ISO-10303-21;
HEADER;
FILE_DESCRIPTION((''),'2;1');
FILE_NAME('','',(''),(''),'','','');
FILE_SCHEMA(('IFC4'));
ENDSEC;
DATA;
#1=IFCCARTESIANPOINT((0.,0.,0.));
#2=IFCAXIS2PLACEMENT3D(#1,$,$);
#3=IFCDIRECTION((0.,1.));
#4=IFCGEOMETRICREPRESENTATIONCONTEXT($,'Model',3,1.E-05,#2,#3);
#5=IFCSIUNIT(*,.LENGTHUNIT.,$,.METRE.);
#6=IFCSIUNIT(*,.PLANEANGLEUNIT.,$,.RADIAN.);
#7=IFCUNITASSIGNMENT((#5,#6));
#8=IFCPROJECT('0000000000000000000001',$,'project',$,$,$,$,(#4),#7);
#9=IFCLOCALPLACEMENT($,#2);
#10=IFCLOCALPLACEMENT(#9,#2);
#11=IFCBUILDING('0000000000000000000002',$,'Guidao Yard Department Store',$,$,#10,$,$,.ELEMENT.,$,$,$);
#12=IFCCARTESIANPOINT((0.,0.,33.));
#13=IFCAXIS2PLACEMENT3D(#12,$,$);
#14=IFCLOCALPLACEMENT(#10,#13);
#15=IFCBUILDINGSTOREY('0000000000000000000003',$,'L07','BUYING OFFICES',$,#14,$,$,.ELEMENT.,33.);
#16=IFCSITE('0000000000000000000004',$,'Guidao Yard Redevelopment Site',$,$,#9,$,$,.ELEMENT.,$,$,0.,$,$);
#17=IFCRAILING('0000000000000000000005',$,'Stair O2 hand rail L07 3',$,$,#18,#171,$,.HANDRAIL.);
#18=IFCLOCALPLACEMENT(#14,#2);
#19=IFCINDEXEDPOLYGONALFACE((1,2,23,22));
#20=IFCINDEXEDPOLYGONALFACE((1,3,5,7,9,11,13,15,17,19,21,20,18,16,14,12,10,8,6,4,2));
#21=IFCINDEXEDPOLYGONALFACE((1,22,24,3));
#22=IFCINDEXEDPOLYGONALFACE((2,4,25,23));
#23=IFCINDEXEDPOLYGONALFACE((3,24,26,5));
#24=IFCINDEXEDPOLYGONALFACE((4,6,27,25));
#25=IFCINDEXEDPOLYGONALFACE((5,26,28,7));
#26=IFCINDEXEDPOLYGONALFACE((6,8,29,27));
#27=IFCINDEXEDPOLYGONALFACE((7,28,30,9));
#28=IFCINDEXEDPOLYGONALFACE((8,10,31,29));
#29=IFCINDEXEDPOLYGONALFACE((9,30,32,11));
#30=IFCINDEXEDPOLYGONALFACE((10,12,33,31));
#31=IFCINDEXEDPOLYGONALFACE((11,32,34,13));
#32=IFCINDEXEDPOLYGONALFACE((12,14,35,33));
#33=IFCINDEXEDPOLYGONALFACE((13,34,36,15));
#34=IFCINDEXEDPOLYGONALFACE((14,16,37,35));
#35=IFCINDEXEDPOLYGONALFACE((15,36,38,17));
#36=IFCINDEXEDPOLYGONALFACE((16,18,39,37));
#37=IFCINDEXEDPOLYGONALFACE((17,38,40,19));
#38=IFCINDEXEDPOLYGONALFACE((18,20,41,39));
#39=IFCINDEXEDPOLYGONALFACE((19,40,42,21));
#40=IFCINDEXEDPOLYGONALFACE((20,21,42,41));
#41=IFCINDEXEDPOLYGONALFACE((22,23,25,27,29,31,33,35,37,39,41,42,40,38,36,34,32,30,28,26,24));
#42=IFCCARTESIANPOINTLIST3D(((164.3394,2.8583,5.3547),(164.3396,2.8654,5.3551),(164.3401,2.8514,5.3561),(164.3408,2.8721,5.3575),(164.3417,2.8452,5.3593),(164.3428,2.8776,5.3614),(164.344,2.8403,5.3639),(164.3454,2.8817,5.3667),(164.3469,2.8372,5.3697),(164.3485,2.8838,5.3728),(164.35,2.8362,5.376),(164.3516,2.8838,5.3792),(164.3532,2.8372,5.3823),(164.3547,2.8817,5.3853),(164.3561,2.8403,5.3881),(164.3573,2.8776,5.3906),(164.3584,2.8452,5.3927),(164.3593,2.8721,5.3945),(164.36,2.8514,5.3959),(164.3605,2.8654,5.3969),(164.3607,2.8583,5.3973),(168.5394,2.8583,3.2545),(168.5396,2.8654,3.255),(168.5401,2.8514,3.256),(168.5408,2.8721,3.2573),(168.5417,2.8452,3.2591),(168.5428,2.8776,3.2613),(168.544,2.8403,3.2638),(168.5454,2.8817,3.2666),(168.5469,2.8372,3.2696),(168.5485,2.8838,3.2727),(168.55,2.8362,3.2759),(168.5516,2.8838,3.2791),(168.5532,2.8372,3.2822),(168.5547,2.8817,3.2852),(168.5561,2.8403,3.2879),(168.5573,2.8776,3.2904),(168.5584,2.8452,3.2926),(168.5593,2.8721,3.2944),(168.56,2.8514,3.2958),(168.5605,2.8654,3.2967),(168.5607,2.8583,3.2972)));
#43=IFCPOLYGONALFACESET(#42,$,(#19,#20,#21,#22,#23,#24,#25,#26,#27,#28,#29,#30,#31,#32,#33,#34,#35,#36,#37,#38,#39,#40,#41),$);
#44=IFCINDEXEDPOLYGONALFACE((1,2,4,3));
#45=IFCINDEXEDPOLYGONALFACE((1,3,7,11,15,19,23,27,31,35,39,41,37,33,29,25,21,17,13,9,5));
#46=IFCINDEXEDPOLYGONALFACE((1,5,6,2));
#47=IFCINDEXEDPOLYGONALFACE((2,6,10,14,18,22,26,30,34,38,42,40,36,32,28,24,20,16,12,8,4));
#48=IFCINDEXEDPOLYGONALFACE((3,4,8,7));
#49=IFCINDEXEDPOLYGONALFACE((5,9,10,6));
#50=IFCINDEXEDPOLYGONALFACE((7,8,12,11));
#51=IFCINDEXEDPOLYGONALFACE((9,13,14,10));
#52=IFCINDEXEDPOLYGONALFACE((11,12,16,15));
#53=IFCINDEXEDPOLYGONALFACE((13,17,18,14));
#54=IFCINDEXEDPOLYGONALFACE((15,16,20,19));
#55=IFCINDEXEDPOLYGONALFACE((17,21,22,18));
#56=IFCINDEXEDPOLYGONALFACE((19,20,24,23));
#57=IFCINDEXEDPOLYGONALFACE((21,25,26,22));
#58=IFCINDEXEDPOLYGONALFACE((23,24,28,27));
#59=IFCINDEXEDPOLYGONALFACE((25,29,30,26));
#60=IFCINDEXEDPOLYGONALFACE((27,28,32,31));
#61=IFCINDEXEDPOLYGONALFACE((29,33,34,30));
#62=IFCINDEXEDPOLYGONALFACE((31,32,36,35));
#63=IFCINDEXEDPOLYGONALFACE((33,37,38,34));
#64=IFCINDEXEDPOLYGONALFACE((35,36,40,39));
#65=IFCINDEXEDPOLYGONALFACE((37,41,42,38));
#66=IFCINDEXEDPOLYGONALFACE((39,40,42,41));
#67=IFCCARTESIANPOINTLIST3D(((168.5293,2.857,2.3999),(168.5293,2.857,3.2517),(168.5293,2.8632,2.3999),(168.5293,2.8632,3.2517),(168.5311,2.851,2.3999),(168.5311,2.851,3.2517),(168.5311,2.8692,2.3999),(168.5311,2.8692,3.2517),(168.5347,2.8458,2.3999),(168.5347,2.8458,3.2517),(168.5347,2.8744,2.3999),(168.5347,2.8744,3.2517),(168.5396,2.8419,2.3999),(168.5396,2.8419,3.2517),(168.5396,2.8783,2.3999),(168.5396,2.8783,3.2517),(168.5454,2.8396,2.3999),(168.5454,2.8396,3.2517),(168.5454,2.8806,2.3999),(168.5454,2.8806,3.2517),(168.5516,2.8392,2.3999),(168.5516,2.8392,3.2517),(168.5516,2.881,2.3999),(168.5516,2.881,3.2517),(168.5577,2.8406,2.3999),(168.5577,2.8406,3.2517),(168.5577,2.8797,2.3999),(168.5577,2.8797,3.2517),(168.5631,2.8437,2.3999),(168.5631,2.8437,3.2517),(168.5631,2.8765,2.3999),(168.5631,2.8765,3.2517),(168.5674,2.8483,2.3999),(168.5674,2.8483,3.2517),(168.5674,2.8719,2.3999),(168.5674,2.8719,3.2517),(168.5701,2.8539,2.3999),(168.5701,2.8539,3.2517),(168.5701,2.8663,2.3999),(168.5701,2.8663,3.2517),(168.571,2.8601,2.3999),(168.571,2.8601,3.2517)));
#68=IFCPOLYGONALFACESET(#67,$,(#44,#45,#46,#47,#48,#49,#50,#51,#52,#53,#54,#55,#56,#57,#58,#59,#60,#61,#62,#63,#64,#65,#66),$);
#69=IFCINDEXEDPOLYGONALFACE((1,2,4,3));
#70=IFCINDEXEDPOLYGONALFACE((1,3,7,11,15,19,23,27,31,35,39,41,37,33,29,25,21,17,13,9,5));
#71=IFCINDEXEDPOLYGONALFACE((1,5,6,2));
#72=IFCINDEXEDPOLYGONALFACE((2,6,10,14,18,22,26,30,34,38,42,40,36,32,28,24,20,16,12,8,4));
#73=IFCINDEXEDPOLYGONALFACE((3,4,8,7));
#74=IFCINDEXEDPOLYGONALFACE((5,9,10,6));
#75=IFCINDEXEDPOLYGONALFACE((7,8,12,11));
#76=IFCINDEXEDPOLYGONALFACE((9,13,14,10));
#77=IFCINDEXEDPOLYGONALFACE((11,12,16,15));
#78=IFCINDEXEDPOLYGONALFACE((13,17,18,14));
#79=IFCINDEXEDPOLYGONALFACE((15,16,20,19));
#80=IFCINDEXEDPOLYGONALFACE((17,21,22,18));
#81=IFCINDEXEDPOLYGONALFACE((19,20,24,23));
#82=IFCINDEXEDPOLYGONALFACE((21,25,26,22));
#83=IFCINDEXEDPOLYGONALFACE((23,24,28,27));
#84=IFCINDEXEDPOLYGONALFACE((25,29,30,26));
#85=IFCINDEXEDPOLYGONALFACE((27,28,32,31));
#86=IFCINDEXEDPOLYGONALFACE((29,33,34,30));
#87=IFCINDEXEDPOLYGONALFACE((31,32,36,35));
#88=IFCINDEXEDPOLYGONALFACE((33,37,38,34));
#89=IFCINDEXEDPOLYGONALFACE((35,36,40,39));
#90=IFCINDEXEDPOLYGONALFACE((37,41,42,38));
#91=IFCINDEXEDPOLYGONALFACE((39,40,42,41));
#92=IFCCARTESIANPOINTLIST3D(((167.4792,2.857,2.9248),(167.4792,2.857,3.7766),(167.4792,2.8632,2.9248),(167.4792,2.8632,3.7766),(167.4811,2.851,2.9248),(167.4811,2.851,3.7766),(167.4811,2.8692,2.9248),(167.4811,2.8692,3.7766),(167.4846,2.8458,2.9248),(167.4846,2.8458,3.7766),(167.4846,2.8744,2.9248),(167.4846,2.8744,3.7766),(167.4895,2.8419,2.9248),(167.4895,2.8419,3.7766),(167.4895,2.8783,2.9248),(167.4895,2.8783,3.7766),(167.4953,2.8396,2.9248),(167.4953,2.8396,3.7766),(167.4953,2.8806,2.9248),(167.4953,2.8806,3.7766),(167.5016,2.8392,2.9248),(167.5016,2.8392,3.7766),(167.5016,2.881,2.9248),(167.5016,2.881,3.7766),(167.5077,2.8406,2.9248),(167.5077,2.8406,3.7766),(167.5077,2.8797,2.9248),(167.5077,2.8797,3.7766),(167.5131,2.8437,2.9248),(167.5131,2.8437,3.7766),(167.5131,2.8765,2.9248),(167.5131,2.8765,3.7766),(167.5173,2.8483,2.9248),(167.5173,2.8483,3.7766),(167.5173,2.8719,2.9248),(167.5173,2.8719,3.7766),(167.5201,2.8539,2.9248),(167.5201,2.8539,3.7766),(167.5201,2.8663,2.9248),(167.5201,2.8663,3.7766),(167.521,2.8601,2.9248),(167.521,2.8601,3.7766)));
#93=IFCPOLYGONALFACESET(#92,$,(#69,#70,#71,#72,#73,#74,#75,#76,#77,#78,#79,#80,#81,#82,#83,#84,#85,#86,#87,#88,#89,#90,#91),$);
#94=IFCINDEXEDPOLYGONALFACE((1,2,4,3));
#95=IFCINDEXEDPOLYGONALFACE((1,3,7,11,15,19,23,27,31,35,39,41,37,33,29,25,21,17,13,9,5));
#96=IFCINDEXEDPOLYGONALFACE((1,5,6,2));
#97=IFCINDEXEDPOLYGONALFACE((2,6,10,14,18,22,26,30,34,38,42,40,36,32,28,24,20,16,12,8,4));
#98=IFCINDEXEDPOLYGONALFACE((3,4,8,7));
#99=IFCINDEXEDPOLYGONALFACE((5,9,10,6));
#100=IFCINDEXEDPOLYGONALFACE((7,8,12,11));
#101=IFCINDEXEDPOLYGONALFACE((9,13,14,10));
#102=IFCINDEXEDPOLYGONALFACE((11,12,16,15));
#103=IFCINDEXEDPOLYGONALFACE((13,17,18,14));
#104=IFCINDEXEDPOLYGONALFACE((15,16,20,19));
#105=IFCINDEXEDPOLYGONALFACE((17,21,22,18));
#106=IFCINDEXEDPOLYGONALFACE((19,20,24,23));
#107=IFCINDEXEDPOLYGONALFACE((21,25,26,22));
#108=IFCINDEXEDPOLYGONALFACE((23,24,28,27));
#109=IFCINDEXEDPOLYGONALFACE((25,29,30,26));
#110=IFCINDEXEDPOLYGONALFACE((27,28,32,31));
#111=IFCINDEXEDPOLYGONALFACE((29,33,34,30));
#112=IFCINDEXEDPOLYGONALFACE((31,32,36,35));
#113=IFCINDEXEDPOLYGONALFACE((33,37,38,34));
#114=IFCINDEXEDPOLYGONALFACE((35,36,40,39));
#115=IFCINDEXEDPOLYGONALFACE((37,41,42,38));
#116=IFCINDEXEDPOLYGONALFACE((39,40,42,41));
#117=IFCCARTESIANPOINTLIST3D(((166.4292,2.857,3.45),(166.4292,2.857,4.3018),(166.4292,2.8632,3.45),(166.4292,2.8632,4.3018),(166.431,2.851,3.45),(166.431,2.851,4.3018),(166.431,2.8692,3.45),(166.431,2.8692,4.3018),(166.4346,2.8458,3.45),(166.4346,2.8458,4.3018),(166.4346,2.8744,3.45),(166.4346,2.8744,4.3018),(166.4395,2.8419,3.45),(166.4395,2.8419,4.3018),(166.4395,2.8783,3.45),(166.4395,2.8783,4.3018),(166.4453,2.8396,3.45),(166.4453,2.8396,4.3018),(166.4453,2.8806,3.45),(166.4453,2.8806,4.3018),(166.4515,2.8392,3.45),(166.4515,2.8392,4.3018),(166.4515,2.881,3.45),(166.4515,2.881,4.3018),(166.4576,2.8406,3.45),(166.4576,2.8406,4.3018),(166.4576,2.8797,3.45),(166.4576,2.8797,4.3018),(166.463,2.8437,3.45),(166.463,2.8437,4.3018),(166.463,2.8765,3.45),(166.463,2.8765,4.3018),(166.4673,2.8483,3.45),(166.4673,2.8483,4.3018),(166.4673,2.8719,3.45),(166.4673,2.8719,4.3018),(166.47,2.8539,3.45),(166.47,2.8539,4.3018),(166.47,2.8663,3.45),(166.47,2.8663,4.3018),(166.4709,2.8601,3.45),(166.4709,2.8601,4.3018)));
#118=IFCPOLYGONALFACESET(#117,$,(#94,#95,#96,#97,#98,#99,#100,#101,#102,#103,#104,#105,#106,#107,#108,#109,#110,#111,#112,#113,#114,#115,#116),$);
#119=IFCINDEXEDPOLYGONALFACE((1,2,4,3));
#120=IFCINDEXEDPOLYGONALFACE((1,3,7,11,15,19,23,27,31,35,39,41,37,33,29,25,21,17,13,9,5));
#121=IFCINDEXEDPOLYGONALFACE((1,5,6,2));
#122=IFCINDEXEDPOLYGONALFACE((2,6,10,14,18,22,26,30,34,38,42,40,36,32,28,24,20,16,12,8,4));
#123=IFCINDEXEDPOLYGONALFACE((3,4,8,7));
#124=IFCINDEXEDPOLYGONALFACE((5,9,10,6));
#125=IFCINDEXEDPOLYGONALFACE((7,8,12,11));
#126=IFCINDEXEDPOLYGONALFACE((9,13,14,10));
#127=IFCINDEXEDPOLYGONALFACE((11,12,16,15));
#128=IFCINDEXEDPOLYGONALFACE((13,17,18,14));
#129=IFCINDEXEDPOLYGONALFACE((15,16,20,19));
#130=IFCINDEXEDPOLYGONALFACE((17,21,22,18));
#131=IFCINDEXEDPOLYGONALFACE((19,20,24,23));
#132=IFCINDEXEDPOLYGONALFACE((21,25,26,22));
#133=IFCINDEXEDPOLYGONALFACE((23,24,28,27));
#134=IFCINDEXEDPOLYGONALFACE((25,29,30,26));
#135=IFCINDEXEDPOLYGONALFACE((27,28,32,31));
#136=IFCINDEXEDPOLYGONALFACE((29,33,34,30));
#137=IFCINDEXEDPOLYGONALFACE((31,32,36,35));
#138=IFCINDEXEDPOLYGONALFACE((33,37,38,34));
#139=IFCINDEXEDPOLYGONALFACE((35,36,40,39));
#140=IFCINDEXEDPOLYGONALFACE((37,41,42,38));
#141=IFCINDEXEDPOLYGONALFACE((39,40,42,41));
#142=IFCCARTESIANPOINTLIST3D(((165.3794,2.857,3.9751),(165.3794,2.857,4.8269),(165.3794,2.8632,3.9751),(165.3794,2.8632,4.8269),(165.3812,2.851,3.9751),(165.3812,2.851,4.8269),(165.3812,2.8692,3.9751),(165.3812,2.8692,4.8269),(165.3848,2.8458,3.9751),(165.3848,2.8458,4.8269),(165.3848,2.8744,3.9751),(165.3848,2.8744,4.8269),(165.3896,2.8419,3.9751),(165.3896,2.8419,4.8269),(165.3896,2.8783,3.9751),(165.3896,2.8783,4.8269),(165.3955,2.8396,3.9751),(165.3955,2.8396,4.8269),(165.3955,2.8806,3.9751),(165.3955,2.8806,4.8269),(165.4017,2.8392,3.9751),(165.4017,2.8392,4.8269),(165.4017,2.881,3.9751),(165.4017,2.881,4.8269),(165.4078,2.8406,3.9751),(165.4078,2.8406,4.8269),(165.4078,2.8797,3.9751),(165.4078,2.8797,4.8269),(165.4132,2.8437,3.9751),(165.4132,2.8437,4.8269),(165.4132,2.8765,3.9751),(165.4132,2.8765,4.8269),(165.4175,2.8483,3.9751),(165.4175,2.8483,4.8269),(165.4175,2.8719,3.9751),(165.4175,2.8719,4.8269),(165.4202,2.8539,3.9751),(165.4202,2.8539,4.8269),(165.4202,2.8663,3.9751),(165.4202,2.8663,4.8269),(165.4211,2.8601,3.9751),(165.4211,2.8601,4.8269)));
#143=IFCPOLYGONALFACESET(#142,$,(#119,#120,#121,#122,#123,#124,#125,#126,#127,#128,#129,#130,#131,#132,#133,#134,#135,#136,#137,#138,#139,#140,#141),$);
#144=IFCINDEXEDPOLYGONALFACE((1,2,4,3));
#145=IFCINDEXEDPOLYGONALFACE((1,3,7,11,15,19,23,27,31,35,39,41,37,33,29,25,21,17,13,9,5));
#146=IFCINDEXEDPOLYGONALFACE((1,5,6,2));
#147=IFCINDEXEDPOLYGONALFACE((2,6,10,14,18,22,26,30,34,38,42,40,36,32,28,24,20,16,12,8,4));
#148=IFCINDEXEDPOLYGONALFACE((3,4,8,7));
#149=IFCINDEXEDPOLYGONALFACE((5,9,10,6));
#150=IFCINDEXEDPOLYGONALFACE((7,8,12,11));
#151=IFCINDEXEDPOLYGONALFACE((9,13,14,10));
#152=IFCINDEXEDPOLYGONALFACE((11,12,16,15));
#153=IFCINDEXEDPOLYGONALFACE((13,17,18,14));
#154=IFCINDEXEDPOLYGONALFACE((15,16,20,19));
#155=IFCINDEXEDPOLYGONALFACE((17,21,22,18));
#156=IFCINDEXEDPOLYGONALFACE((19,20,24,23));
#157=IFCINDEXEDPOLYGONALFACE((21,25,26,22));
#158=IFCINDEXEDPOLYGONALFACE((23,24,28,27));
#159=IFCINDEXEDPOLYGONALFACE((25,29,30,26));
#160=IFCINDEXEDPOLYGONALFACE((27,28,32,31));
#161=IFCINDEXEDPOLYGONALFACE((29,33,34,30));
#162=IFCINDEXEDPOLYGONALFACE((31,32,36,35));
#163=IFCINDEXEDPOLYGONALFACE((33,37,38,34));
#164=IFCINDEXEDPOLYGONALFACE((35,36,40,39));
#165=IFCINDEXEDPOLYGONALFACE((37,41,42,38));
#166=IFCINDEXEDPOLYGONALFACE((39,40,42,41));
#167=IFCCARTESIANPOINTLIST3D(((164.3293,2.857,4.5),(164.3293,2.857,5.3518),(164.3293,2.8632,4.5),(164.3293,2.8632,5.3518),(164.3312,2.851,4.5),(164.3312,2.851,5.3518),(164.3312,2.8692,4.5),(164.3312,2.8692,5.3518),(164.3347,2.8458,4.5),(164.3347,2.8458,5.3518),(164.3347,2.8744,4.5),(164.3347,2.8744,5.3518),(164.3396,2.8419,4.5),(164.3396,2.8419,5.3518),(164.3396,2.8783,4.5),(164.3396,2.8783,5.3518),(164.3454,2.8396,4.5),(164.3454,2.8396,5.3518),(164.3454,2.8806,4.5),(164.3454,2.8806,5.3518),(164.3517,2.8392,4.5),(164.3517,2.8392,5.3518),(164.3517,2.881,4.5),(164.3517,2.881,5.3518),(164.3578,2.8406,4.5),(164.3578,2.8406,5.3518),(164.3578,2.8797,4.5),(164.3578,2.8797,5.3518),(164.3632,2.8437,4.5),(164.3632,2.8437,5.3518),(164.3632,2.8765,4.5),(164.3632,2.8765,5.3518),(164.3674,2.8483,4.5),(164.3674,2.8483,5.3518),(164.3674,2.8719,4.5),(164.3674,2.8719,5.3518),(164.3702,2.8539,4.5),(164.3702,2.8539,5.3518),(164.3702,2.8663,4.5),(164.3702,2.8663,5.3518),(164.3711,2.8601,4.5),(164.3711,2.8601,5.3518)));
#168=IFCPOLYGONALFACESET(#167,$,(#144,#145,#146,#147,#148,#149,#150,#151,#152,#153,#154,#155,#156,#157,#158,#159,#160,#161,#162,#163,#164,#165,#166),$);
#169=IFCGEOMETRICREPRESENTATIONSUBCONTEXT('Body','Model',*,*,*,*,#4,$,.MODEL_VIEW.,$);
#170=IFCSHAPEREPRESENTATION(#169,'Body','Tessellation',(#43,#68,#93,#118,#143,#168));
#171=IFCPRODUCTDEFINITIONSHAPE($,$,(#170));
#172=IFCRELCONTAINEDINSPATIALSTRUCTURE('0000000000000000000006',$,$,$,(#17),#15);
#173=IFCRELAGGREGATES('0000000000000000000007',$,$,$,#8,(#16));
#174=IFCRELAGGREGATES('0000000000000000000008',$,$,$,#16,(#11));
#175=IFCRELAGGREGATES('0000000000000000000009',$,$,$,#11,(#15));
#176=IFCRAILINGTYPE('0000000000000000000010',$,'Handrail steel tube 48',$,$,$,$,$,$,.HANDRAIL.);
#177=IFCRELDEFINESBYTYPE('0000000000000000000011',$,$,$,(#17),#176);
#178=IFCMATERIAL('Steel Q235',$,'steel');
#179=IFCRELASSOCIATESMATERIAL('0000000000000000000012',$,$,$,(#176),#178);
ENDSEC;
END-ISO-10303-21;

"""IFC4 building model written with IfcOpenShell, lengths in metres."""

from ifc_helpers import new_model, si_unit, direction, frame, origin, origin_2d, place, context, subcontext, project, spatial, circle, extrude, material, type_object, element, save


model = new_model("IFC4")

# Units and contexts
model_context = context("Model", 3, precision=1e-05, world=origin(), true_north=direction((0.0, 1.0)))
body_context = subcontext(model_context, "Body", "Model", "MODEL_VIEW")
ifc_project = project(units=[si_unit("LENGTHUNIT", "METRE"), si_unit("PLANEANGLEUNIT", "RADIAN")], contexts=[model_context])

# Site, building, storey
site_placement = place(None, origin())
site = spatial("IfcSite", under=ifc_project, at=site_placement, Name="Guidao Yard Redevelopment Site", CompositionType="ELEMENT", RefElevation=0.0)
building_placement = place(site_placement, origin())
building = spatial("IfcBuilding", under=site, at=building_placement, Name="Guidao Yard Department Store", CompositionType="ELEMENT")
storey_placement = place(building_placement, frame((0.0, 0.0, 33.0)))
storey = spatial("IfcBuildingStorey", under=building, at=storey_placement, Name="L07", Description="BUYING OFFICES", CompositionType="ELEMENT", Elevation=33.0)

# Railing
ifc_material_1 = material(Name="Steel Q235", Category="steel")
railing_type_1 = type_object("IfcRailingType", Name="Handrail steel tube 48", PredefinedType="HANDRAIL", material=ifc_material_1)
for number, where, name in (
    (1, (168.55, 2.8601, 2.3999), "Stair O2 hand rail L07 3"),
):
    element("IfcRailing", number, at=place(storey_placement, frame(where)), inside=storey, type_object=railing_type_1, Name=name, PredefinedType="HANDRAIL", context=body_context, shape_type="SweptSolid", body=[
        extrude(circle(Radius=0.0239, at=origin_2d()), frame((0.0, 0.0, 0.876), z_axis=(-0.894417, 0.0, 0.447234), x_axis=(0.0, -1.0, 0.0)), (0.0, 0.0, 1.0), 4.6958),
        extrude(circle(Radius=0.021, at=origin_2d()), origin(), (0.0, 0.0, 1.0), 0.8518),
        extrude(circle(Radius=0.021, at=origin_2d()), frame((-1.05, 0.0, 0.5249)), (0.0, 0.0, 1.0), 0.8518),
        extrude(circle(Radius=0.021, at=origin_2d()), frame((-2.1001, 0.0, 1.05)), (0.0, 0.0, 1.0), 0.8518),
        extrude(circle(Radius=0.021, at=origin_2d()), frame((-3.1499, 0.0, 1.5752)), (0.0, 0.0, 1.0), 0.8518),
        extrude(circle(Radius=0.021, at=origin_2d()), frame((-4.2, 0.0, 2.1001)), (0.0, 0.0, 1.0), 0.8518),
    ])

save(model, "model.ifc")
